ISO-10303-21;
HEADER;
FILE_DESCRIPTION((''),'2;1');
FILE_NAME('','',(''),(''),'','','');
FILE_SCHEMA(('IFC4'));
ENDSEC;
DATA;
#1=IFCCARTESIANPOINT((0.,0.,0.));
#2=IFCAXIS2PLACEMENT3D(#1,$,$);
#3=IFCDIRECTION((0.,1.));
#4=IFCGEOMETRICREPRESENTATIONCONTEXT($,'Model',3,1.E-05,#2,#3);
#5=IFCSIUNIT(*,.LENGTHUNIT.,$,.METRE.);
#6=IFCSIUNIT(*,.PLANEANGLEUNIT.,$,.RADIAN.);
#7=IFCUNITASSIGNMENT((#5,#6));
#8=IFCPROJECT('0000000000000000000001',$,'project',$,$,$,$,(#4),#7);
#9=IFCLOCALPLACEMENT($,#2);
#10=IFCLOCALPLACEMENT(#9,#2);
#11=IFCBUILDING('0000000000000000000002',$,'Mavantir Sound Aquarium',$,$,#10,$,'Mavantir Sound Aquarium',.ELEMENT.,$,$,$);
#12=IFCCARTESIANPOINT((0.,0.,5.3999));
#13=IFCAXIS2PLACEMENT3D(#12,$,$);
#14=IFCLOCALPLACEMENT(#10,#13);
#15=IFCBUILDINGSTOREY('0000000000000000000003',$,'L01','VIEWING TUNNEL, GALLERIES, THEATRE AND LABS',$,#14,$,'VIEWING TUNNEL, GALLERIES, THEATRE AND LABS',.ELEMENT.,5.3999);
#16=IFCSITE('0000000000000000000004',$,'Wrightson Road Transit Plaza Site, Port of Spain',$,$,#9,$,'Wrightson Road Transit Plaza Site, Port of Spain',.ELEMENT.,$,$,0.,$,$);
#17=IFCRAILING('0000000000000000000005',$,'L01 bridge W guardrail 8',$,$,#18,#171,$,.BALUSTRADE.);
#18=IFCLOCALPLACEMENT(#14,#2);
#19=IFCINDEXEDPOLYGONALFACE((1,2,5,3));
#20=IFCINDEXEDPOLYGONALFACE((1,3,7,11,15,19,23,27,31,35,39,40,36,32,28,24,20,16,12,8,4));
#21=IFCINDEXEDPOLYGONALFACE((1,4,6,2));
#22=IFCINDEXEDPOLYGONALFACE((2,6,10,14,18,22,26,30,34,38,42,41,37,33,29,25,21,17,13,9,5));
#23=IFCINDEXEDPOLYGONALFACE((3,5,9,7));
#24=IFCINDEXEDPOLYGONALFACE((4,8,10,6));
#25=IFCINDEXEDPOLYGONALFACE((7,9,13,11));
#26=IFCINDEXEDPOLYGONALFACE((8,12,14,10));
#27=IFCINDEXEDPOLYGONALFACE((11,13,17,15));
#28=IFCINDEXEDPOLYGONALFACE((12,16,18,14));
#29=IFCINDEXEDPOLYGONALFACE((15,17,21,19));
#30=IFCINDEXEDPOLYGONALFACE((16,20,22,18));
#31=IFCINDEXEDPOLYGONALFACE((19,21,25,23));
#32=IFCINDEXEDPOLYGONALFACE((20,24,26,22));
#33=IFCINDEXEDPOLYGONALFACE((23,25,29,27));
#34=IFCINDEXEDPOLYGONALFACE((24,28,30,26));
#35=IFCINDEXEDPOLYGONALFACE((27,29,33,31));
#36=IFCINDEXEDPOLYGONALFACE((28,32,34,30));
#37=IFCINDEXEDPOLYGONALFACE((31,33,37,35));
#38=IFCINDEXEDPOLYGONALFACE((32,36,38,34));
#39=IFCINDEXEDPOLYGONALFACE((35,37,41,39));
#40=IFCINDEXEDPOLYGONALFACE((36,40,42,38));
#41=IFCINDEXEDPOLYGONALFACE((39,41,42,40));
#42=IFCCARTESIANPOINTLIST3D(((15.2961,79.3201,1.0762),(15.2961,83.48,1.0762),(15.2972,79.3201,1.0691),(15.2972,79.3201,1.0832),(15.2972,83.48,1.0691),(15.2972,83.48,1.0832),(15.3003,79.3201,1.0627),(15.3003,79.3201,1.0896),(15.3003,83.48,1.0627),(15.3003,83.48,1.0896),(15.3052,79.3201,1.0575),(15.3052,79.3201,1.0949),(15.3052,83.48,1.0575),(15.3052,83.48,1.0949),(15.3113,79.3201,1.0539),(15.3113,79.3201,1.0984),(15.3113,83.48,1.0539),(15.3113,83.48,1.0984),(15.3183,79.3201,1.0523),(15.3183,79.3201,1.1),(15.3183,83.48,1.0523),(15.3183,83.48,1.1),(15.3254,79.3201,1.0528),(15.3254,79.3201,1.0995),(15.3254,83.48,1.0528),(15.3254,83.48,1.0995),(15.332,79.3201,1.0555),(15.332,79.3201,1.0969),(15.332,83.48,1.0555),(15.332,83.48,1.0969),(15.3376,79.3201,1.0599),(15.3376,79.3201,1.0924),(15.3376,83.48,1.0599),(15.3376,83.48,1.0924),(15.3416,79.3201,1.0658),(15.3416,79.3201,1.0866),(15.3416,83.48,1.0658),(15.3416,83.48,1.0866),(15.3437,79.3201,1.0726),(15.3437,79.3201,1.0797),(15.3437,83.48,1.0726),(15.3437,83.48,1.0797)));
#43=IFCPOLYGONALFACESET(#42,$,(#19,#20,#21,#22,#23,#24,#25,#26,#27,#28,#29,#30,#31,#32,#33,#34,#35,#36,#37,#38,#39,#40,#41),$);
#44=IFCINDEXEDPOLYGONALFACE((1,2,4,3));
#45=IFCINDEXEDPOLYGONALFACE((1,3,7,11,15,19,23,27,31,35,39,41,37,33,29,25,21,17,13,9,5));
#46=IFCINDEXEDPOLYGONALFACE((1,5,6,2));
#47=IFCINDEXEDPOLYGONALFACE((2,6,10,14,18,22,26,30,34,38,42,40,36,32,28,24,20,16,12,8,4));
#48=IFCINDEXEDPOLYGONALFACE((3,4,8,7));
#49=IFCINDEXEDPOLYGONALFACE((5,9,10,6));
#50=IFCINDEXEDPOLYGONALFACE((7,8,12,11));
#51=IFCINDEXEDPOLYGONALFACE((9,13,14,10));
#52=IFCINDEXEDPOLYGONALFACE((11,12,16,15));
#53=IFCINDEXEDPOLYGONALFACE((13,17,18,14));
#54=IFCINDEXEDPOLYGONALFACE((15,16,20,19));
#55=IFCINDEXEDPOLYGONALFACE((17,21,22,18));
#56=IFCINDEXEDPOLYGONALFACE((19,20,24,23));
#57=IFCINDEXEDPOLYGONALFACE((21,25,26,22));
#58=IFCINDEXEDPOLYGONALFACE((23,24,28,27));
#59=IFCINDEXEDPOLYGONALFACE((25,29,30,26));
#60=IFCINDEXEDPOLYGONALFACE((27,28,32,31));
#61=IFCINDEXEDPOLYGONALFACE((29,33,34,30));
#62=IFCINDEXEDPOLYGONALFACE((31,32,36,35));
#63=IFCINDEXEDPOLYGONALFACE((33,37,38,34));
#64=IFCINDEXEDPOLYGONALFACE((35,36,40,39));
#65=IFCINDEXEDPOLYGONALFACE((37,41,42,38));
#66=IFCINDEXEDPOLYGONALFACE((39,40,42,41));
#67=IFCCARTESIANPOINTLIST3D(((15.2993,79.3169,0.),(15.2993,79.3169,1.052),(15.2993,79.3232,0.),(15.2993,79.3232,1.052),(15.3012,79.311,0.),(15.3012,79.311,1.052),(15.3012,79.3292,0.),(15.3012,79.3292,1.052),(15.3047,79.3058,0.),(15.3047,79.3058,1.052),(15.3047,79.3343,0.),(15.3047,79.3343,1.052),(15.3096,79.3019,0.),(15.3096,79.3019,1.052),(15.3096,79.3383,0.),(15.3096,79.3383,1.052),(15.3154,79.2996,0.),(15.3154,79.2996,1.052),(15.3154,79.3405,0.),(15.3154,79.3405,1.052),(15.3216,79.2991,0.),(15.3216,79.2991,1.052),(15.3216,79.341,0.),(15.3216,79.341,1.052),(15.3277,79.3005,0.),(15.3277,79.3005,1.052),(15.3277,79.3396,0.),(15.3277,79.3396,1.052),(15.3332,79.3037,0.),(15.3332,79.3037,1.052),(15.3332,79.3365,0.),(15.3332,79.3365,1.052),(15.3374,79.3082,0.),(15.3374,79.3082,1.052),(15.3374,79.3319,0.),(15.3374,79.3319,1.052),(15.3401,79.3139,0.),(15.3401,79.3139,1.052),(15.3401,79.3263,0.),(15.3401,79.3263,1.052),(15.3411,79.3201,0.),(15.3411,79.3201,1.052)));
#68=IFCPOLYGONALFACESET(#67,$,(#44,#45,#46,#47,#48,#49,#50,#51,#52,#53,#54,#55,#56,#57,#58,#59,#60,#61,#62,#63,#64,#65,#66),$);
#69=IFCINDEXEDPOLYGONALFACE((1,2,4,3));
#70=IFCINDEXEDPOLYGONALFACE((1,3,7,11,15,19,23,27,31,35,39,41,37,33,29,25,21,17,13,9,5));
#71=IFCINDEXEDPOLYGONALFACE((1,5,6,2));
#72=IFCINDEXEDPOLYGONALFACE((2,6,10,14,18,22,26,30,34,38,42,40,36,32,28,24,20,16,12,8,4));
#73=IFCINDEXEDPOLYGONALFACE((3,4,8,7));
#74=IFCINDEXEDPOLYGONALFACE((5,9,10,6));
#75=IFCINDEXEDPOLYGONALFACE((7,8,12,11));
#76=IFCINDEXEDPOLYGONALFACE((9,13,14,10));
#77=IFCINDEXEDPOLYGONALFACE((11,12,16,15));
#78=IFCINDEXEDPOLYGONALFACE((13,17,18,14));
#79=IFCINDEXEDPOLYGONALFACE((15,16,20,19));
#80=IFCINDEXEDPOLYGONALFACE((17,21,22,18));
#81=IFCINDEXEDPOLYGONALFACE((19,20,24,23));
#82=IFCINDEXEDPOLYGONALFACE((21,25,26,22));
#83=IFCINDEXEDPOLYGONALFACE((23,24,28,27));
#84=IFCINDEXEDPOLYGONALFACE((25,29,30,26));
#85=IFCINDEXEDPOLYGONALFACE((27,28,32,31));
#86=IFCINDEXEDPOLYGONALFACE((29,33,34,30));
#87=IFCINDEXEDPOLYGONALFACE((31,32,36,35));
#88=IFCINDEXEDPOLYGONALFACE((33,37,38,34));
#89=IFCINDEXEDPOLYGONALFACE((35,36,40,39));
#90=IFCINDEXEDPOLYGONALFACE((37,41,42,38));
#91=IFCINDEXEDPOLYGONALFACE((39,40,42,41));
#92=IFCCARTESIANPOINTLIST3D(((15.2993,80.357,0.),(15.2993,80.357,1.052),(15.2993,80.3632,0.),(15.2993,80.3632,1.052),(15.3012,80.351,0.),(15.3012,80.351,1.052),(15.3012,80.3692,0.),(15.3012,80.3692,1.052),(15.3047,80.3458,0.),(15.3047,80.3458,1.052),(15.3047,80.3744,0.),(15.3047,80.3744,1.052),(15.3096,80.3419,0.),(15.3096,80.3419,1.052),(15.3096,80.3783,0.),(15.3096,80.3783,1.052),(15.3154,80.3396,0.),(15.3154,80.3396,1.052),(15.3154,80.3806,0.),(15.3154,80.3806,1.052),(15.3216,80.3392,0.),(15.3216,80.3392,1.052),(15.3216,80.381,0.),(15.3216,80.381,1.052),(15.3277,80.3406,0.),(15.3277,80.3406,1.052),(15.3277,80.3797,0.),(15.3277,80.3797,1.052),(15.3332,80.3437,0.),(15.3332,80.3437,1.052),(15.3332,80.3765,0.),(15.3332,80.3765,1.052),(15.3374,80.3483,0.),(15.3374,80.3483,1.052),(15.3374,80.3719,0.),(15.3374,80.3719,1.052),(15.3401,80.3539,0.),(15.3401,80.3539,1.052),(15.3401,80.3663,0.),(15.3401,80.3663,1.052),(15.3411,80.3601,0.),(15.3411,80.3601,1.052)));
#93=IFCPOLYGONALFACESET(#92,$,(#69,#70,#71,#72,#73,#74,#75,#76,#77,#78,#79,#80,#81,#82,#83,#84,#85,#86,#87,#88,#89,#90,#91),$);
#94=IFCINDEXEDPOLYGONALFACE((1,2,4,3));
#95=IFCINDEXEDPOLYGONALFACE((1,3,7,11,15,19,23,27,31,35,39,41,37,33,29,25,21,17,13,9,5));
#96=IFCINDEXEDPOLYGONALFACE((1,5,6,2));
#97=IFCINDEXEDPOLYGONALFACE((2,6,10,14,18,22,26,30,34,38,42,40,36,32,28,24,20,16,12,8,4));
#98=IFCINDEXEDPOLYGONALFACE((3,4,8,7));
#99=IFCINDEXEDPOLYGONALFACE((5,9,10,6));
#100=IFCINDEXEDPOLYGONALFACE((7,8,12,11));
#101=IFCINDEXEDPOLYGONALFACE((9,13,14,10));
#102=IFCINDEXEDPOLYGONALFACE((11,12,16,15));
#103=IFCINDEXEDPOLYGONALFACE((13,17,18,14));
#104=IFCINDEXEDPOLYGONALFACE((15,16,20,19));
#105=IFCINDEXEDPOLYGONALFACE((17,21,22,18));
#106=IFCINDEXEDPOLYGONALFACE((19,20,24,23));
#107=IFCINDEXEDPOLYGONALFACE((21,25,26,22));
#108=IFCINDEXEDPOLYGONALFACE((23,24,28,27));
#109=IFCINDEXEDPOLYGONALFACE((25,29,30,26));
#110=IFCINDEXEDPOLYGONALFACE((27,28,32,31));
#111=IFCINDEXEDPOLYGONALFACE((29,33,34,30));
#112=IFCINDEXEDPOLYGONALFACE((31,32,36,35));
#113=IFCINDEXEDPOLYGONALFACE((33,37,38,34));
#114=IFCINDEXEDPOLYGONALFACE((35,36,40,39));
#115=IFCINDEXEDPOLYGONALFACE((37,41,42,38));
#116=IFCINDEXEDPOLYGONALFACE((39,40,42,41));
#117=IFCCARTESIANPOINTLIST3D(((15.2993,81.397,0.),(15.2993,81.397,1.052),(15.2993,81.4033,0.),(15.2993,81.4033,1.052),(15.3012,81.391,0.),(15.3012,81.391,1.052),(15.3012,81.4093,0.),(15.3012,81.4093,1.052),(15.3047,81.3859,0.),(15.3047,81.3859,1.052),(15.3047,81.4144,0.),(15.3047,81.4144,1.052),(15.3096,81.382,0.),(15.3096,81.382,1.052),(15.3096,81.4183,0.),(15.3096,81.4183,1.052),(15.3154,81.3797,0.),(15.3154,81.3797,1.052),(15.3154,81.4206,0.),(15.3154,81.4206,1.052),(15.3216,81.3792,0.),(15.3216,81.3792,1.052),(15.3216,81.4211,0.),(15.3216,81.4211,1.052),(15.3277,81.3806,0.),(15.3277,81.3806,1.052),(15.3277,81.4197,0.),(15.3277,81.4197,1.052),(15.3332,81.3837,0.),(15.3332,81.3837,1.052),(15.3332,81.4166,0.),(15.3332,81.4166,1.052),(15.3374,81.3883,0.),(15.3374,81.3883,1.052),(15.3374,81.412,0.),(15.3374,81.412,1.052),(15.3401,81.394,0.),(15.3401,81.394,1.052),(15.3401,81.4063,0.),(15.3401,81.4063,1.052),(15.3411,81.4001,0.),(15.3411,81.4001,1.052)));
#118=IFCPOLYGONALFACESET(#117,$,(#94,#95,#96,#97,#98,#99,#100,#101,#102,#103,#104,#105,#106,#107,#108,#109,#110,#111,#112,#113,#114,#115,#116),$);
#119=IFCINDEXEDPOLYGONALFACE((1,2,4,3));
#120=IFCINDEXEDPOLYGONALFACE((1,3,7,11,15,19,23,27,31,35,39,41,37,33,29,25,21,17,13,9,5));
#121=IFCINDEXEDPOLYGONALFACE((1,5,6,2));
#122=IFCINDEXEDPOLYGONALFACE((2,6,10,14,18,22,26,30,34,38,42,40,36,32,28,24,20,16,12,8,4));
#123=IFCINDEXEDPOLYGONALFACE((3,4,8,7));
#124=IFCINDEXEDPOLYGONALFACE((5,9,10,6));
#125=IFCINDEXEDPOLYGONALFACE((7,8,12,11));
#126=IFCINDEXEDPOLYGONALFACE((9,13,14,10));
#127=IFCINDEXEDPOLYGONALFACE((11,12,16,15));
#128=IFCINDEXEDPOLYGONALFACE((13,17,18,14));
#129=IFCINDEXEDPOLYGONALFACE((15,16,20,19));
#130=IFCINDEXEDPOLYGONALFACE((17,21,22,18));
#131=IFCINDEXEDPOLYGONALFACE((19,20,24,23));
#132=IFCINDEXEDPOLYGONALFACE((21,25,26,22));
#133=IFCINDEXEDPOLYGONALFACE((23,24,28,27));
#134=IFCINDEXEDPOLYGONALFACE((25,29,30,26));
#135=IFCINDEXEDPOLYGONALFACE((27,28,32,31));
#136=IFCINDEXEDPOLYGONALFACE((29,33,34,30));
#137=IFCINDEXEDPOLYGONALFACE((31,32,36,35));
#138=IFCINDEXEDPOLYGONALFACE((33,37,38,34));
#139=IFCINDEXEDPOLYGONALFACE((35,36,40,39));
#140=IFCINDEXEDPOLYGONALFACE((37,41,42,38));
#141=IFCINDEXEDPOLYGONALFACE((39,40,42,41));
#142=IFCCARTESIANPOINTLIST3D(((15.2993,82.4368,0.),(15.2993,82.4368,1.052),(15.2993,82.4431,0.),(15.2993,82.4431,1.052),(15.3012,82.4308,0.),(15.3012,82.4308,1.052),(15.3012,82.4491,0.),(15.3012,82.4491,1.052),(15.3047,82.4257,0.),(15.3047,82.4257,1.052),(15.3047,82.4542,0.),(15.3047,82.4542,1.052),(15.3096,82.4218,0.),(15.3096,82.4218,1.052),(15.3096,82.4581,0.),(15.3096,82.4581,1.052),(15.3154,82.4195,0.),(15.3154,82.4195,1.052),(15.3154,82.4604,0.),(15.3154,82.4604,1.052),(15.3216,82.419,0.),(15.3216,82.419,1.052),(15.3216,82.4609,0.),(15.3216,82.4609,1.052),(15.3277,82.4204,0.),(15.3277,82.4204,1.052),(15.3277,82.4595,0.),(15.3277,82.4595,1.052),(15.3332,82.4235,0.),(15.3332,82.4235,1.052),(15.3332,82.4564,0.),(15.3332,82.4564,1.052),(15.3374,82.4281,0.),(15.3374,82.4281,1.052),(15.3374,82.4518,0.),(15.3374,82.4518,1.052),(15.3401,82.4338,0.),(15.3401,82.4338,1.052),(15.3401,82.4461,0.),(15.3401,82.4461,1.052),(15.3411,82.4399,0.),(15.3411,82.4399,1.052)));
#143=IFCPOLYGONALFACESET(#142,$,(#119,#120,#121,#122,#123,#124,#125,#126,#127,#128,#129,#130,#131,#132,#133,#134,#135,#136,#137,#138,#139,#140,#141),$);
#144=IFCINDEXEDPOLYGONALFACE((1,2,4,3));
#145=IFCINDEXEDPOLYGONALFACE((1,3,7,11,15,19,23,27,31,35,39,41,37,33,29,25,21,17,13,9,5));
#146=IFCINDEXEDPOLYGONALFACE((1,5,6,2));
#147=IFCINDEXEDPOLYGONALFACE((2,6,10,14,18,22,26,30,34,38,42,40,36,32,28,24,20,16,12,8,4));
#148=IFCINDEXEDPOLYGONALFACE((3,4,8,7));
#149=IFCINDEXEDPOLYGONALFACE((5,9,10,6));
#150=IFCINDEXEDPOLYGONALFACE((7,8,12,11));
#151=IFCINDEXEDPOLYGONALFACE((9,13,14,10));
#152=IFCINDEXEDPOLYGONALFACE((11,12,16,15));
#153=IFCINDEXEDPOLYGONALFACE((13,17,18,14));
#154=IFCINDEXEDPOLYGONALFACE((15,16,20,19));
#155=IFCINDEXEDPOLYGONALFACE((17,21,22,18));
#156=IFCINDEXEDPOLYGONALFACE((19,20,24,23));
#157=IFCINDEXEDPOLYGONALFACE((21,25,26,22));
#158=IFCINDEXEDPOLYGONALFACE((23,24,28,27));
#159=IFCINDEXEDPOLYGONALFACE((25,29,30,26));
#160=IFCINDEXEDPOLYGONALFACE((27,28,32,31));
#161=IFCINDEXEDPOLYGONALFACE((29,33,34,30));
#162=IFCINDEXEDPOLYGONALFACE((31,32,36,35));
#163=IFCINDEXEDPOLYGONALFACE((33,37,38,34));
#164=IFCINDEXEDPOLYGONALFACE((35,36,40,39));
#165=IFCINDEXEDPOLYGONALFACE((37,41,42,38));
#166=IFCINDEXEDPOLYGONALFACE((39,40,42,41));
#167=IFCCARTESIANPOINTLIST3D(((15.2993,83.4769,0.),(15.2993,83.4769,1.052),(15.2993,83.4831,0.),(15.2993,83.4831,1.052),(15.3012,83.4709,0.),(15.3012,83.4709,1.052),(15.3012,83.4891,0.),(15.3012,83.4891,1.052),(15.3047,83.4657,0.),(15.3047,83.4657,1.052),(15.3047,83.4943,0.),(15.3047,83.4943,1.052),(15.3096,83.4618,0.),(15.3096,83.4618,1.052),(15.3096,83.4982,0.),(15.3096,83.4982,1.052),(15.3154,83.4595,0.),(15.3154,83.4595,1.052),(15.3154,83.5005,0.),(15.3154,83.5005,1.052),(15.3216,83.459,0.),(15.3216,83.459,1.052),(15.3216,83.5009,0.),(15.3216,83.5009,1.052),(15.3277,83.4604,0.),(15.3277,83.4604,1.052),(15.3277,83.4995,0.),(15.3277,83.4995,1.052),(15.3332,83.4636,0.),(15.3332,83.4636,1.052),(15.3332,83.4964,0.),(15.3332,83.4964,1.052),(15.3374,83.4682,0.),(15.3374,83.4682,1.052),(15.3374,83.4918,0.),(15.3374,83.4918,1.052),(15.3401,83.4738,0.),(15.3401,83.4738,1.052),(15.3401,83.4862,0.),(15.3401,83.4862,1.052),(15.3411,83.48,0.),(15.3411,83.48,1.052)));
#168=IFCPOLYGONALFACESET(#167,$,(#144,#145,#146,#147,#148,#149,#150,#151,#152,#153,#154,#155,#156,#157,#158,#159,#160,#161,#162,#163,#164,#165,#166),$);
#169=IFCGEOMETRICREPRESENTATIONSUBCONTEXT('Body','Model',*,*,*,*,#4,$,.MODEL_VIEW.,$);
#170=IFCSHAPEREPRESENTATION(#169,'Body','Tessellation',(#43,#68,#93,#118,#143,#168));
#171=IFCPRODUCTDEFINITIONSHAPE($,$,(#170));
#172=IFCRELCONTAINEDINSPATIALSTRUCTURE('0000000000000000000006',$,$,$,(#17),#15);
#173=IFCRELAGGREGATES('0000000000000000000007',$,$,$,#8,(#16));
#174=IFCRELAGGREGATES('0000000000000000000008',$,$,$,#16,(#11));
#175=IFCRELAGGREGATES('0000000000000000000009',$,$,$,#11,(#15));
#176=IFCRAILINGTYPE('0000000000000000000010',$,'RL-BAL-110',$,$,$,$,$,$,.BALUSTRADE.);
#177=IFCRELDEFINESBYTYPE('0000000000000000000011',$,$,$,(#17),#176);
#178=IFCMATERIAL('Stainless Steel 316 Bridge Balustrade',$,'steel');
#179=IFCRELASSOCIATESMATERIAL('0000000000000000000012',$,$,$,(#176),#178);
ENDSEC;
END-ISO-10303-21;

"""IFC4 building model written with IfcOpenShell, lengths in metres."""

from ifc_helpers import new_model, si_unit, direction, frame, origin, origin_2d, place, context, subcontext, project, spatial, circle, extrude, material, type_object, element, save


model = new_model("IFC4")

# Units and contexts
model_context = context("Model", 3, precision=1e-05, world=origin(), true_north=direction((0.0, 1.0)))
body_context = subcontext(model_context, "Body", "Model", "MODEL_VIEW")
ifc_project = project(units=[si_unit("LENGTHUNIT", "METRE"), si_unit("PLANEANGLEUNIT", "RADIAN")], contexts=[model_context])

# Site, building, storey
site_placement = place(None, origin())
site = spatial("IfcSite", under=ifc_project, at=site_placement, Name="Wrightson Road Transit Plaza Site, Port of Spain", LongName="Wrightson Road Transit Plaza Site, Port of Spain", CompositionType="ELEMENT", RefElevation=0.0)
building_placement = place(site_placement, origin())
building = spatial("IfcBuilding", under=site, at=building_placement, Name="Mavantir Sound Aquarium", LongName="Mavantir Sound Aquarium", CompositionType="ELEMENT")
storey_placement = place(building_placement, frame((0.0, 0.0, 5.3999)))
storey = spatial("IfcBuildingStorey", under=building, at=storey_placement, Name="L01", Description="VIEWING TUNNEL, GALLERIES, THEATRE AND LABS", LongName="VIEWING TUNNEL, GALLERIES, THEATRE AND LABS", CompositionType="ELEMENT", Elevation=5.3999)

# Railing
ifc_material_1 = material(Name="Stainless Steel 316 Bridge Balustrade", Category="steel")
railing_type = type_object("IfcRailingType", Name="RL-BAL-110", PredefinedType="BALUSTRADE", material=ifc_material_1)
for number, where, name in (
    (1, (15.3201, 79.3201, 0.0), "L01 bridge W guardrail 8"),
):
    element("IfcRailing", number, at=place(storey_placement, frame(where)), inside=storey, type_object=railing_type, Name=name, PredefinedType="BALUSTRADE", context=body_context, shape_type="SweptSolid", body=[
        extrude(circle(Radius=0.0239, at=origin_2d()), frame((0.0, 0.0, 1.0762), z_axis=(0.0, 1.0, 0.0), x_axis=(-1.0, 0.0, 0.0)), (0.0, 0.0, 1.0), 4.1599),
        extrude(circle(Radius=0.021, at=origin_2d()), origin(), (0.0, 0.0, 1.0), 1.052),
        extrude(circle(Radius=0.021, at=origin_2d()), frame((0.0, 1.04, 0.0)), (0.0, 0.0, 1.0), 1.052),
        extrude(circle(Radius=0.021, at=origin_2d()), frame((0.0, 2.0801, 0.0)), (0.0, 0.0, 1.0), 1.052),
        extrude(circle(Radius=0.021, at=origin_2d()), frame((0.0, 3.1199, 0.0)), (0.0, 0.0, 1.0), 1.052),
        extrude(circle(Radius=0.021, at=origin_2d()), frame((0.0, 4.1599, 0.0)), (0.0, 0.0, 1.0), 1.052),
    ])

save(model, "model.ifc")
